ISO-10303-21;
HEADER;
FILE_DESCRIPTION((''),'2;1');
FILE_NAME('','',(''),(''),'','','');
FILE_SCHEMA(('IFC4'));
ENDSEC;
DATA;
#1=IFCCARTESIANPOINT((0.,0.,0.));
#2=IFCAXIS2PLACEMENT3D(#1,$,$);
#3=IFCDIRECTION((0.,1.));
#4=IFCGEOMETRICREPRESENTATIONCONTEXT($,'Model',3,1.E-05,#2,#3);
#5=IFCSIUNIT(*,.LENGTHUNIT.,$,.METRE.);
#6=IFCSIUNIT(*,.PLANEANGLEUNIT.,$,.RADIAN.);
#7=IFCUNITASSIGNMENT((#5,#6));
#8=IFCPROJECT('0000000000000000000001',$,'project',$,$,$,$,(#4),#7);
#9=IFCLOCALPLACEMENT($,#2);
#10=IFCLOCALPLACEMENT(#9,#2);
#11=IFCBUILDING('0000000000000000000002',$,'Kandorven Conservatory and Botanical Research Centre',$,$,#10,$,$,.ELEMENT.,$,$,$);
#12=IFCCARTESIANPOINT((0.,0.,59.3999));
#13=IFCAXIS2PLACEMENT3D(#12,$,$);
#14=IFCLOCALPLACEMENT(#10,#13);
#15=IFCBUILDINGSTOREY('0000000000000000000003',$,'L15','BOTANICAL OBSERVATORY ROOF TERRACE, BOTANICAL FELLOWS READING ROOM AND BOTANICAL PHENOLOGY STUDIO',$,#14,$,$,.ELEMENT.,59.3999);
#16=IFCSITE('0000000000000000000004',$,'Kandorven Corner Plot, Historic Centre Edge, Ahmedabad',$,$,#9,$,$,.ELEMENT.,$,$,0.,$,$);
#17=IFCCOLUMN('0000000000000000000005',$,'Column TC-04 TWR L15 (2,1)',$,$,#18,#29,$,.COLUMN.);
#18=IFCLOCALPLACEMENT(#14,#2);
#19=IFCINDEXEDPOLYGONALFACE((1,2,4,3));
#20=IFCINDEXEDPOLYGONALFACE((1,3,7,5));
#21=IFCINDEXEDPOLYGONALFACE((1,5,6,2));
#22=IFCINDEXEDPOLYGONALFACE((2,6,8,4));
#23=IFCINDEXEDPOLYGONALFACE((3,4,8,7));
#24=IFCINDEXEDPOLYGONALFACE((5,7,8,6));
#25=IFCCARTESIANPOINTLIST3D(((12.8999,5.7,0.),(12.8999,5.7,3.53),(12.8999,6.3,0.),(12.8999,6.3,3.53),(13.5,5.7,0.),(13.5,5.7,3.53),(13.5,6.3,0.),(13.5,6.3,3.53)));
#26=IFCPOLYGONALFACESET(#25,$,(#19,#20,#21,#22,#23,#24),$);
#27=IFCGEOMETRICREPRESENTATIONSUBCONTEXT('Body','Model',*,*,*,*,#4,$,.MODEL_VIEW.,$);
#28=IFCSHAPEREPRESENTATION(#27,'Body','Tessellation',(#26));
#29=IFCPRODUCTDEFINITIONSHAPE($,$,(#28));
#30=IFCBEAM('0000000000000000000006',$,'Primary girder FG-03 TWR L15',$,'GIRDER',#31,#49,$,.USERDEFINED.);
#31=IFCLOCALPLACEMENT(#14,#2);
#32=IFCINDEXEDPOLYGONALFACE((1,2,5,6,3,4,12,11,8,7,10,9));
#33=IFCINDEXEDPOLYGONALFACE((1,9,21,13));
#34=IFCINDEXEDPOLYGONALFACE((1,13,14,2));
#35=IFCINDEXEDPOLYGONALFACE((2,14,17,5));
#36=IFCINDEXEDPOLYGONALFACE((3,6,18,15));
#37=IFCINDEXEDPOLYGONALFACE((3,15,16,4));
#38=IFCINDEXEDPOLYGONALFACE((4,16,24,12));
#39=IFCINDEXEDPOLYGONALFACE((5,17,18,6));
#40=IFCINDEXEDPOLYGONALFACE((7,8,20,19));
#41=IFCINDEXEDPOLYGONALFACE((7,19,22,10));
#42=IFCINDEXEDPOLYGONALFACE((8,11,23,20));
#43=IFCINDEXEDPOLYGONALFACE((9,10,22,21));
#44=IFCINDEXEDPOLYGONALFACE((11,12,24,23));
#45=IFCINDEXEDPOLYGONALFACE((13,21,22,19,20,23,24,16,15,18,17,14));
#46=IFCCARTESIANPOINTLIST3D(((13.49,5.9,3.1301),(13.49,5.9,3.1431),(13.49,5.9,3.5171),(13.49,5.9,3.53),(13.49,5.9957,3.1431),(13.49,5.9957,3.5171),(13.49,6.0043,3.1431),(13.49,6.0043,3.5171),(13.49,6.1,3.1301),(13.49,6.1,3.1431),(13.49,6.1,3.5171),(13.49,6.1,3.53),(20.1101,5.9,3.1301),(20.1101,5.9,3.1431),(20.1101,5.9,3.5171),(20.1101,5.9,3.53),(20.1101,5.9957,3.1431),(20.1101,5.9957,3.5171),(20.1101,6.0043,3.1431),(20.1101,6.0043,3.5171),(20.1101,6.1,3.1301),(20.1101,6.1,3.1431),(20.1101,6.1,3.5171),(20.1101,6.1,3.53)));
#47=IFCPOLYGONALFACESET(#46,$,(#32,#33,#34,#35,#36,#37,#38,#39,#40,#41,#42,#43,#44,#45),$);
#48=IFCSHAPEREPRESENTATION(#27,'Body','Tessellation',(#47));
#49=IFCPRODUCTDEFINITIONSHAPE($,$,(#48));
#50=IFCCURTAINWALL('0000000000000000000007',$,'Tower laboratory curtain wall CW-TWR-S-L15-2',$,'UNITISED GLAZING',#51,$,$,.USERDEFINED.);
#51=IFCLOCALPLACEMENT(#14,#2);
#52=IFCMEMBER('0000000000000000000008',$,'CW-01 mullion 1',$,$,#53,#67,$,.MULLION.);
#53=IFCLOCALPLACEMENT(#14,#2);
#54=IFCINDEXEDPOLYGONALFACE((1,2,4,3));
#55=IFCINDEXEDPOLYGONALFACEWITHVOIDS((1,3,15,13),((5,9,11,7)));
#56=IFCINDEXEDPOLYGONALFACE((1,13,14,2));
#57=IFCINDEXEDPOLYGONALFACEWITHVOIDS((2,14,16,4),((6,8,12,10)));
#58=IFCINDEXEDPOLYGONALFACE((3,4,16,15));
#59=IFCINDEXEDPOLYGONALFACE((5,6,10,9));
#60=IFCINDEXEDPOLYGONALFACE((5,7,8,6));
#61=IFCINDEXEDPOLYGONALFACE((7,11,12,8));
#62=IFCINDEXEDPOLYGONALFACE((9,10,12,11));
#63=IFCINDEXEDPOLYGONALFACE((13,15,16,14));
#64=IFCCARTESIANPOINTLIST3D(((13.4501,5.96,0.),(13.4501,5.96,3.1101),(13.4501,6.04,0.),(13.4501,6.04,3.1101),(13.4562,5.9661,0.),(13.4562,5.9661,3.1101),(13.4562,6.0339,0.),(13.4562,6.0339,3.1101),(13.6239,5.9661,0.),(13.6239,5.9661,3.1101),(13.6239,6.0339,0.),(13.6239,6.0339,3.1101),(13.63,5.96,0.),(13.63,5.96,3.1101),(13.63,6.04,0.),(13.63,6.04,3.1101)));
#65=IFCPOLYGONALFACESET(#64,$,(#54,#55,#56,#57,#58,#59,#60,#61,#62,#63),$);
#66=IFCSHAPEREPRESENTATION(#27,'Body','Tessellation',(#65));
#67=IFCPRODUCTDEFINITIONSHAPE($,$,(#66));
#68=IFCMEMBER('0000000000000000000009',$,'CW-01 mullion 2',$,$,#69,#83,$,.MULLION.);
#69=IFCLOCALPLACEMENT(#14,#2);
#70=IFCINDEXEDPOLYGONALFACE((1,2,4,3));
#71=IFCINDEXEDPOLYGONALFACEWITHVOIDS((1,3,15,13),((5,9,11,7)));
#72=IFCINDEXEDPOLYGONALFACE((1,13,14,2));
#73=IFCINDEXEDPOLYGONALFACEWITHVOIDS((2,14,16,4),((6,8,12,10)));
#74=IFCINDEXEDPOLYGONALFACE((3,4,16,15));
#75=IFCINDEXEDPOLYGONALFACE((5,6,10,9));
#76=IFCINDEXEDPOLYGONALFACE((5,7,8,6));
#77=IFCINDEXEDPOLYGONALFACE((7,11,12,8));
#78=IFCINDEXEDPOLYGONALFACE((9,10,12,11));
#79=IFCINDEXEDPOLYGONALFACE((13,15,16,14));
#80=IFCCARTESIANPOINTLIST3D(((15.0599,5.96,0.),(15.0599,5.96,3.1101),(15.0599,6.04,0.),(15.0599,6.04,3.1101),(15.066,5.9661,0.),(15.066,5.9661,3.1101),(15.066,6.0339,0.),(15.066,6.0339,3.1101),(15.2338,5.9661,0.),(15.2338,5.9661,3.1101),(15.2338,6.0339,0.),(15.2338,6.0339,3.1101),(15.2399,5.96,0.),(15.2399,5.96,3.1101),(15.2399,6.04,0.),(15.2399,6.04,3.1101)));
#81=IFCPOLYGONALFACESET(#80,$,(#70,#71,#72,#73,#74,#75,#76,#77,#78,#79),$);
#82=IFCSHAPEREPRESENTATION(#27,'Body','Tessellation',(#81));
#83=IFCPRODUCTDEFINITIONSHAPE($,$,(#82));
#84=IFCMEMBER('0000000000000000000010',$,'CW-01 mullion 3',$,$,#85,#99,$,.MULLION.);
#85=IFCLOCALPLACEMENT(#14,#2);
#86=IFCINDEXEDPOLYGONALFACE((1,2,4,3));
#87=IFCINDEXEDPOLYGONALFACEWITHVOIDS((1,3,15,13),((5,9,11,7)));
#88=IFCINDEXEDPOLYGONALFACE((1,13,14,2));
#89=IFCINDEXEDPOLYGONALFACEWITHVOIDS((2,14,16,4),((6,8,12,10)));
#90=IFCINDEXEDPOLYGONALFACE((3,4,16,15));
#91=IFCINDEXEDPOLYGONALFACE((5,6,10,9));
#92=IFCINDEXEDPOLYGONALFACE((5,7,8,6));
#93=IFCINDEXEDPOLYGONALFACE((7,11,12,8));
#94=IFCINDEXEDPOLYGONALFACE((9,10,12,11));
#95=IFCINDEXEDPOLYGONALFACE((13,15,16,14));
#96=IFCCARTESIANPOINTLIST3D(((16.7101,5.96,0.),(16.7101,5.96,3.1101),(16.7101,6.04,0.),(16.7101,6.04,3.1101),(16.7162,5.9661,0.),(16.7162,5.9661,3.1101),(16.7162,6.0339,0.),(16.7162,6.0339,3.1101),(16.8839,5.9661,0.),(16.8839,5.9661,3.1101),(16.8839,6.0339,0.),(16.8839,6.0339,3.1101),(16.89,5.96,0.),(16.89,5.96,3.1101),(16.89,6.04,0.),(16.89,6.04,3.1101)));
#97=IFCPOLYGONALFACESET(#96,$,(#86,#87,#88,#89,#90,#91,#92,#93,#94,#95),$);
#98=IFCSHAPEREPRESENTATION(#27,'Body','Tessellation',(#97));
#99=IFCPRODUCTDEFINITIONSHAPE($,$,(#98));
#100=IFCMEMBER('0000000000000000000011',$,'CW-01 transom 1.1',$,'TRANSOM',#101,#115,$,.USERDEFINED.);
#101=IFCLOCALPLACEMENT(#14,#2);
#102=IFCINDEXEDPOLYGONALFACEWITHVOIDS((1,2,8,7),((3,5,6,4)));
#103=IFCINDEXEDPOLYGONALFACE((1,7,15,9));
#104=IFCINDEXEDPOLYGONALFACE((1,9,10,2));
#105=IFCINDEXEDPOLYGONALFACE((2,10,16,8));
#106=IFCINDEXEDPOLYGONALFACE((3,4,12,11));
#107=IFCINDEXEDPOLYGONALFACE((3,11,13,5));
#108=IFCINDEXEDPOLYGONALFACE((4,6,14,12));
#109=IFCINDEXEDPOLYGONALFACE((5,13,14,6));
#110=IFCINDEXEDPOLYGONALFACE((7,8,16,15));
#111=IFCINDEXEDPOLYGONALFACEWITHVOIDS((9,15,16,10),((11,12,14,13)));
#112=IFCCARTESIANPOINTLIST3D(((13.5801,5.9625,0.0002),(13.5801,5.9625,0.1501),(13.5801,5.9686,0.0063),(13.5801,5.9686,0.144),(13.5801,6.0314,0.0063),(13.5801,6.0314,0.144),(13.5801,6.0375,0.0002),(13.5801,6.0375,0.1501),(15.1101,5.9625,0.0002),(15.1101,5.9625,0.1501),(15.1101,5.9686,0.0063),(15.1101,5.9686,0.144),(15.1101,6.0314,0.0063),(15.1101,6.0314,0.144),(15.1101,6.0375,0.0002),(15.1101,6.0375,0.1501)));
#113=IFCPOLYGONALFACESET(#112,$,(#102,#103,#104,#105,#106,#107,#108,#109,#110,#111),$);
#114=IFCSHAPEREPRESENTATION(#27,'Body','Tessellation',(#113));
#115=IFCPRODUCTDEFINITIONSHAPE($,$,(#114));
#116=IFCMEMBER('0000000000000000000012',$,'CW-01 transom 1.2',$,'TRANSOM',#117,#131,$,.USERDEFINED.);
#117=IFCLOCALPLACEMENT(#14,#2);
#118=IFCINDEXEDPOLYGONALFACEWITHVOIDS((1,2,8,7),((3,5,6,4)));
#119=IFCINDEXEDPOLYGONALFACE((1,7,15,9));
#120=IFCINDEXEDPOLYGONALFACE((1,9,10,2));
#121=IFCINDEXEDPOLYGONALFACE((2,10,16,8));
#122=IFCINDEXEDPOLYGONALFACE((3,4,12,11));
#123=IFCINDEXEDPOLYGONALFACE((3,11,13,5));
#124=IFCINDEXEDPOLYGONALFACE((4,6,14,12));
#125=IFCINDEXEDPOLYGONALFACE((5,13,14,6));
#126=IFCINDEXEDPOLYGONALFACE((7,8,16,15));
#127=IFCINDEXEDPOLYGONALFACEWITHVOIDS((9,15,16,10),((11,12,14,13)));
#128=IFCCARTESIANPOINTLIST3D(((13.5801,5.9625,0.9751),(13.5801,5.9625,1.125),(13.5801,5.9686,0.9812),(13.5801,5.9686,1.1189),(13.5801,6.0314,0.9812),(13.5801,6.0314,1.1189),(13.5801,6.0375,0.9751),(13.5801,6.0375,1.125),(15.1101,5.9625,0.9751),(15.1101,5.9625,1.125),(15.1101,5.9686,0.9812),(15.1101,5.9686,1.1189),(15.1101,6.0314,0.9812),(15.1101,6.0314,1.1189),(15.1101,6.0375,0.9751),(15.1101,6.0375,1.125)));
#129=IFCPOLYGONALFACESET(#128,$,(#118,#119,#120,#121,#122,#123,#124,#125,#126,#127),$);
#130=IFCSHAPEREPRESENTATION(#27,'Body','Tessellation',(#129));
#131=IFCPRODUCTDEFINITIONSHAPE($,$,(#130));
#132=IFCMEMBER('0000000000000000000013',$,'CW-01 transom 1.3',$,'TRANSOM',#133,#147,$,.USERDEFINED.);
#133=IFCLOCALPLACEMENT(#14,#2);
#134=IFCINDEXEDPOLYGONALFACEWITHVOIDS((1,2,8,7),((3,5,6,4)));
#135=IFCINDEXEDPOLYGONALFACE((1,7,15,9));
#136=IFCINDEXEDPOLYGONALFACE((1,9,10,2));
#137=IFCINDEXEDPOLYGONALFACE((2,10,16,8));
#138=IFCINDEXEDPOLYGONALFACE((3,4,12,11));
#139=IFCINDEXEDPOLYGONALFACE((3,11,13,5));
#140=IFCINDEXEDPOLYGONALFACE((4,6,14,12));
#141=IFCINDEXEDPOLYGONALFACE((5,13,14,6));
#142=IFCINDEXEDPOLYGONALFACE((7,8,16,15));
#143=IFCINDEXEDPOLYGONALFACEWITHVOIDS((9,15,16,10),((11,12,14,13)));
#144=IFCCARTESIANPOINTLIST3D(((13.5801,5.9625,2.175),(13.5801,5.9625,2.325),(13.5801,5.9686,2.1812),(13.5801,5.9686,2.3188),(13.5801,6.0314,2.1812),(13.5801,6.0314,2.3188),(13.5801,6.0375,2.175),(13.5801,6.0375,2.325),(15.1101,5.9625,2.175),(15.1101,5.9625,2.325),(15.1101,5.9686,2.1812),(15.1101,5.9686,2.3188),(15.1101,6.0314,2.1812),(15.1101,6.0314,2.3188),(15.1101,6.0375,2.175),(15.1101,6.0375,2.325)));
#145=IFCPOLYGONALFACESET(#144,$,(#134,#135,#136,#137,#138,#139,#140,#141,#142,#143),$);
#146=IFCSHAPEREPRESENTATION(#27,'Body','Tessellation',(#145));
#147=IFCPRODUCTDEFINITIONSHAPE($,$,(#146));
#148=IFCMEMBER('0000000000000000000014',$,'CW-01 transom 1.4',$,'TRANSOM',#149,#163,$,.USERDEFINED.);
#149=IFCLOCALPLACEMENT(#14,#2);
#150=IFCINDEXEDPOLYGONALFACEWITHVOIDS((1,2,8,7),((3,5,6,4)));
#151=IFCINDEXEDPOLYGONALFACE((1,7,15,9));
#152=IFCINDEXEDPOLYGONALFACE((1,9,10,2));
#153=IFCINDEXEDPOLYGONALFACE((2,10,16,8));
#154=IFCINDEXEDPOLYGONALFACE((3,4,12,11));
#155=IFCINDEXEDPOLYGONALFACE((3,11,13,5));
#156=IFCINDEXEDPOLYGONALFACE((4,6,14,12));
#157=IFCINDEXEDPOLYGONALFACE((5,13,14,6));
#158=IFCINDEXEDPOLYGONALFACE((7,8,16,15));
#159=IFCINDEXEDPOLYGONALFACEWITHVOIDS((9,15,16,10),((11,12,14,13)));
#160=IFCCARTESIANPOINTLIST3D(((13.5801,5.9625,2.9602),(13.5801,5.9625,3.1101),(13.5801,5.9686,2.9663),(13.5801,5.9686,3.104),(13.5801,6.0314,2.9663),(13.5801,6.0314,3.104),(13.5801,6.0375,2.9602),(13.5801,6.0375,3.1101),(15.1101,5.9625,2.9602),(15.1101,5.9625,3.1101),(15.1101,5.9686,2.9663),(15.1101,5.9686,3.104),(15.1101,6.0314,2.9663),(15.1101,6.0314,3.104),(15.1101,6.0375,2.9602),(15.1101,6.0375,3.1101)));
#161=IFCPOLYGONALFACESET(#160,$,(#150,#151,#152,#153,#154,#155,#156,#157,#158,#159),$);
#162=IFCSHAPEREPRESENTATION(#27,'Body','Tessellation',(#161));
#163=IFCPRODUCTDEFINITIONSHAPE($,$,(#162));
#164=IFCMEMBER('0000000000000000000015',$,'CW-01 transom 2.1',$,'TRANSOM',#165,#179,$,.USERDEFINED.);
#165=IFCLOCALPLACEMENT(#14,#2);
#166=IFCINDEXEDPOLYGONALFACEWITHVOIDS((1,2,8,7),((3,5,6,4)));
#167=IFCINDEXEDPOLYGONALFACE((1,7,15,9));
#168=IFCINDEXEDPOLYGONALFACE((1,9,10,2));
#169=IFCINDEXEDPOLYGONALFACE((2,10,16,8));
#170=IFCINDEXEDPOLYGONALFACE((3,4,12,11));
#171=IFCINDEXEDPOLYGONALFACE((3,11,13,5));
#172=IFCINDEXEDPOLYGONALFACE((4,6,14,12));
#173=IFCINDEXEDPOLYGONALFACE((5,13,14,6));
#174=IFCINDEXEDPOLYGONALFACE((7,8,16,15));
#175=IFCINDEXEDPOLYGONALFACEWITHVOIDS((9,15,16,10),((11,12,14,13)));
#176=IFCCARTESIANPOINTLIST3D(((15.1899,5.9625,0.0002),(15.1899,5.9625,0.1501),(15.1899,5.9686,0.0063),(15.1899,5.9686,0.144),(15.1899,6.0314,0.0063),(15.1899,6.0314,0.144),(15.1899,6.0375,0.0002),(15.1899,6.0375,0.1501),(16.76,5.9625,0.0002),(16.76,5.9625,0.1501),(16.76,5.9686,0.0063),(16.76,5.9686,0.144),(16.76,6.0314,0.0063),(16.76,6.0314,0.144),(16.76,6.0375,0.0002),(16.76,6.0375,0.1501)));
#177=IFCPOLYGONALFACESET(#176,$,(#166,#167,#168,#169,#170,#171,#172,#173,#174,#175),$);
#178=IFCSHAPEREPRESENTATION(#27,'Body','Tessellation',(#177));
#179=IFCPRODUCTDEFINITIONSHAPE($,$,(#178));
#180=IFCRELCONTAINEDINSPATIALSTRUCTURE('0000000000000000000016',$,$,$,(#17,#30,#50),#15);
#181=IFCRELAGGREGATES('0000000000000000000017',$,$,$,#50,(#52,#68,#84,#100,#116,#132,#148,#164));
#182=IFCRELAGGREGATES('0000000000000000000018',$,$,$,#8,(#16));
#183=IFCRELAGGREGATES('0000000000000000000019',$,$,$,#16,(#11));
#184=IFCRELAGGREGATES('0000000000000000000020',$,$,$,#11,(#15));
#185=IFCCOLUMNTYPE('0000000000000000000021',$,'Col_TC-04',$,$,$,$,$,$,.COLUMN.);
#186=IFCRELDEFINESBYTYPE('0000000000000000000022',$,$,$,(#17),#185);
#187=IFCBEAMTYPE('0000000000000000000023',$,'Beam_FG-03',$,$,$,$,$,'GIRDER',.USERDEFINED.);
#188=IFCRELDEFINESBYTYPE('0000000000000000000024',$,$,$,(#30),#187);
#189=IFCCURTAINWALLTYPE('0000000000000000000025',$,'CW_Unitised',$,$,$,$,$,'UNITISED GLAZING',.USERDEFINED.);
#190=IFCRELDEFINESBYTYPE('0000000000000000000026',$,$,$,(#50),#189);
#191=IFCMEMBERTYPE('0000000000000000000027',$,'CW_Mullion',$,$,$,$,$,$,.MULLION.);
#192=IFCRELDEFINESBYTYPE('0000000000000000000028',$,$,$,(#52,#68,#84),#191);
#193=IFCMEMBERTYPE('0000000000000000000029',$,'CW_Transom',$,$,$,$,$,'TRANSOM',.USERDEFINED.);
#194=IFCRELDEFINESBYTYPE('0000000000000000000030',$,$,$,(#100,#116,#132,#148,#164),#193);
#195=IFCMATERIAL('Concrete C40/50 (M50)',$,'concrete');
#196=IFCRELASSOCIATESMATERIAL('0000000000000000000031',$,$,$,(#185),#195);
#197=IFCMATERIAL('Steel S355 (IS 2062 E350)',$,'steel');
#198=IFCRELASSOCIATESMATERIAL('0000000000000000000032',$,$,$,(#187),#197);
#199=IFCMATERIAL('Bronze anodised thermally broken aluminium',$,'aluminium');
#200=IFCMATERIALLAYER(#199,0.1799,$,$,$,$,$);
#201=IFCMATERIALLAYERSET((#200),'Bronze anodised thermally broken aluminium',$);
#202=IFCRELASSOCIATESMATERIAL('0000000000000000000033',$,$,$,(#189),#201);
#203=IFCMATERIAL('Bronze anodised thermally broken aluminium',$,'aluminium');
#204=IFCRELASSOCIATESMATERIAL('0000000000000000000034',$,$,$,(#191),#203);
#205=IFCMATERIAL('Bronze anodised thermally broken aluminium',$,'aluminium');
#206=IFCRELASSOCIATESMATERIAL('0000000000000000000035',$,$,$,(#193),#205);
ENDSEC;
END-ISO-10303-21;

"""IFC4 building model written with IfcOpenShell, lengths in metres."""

from ifc_helpers import new_model, si_unit, direction, frame, origin, origin_2d, place, context, subcontext, project, spatial, rectangle, hollow_rectangle, i_section, extrude, material, layer, layer_set, material_profile, profile_set, type_object, element, aggregate, save


model = new_model("IFC4")

# Units and contexts
model_context = context("Model", 3, precision=1e-05, world=origin(), true_north=direction((0.0, 1.0)))
body_context = subcontext(model_context, "Body", "Model", "MODEL_VIEW")
ifc_project = project(units=[si_unit("LENGTHUNIT", "METRE"), si_unit("PLANEANGLEUNIT", "RADIAN")], contexts=[model_context])

# Site, building, storey
site_placement = place(None, origin())
site = spatial("IfcSite", under=ifc_project, at=site_placement, Name="Kandorven Corner Plot, Historic Centre Edge, Ahmedabad", CompositionType="ELEMENT", RefElevation=0.0)
building_placement = place(site_placement, origin())
building = spatial("IfcBuilding", under=site, at=building_placement, Name="Kandorven Conservatory and Botanical Research Centre", CompositionType="ELEMENT")
storey_placement = place(building_placement, frame((0.0, 0.0, 59.3999)))
storey = spatial("IfcBuildingStorey", under=building, at=storey_placement, Name="L15", Description="BOTANICAL OBSERVATORY ROOF TERRACE, BOTANICAL FELLOWS READING ROOM AND BOTANICAL PHENOLOGY STUDIO", CompositionType="ELEMENT", Elevation=59.3999)

# Column
ifc_material_1 = material(Name="Concrete C40/50 (M50)", Category="concrete")
ifc_material_profile_1 = material_profile(ifc_material_1, rectangle(XDim=0.6001, YDim=0.6001, at=origin_2d()))
ifc_profile_set_1 = profile_set([ifc_material_profile_1], Name="Concrete C40/50 (M50)")
column_type = type_object("IfcColumnType", Name="Col_TC-04", PredefinedType="COLUMN", material=ifc_profile_set_1)
column_placement = place(storey_placement, frame((13.2, 6.0, 0.0), z_axis=(0.0, 0.0, 1.0), x_axis=(1.0, 0.0, 0.0)))
element("IfcColumn", 1, at=column_placement, inside=storey, type_object=column_type, Name="Column TC-04 TWR L15 (2,1)", PredefinedType="COLUMN", context=body_context, shape_type="SweptSolid", body=[
    extrude(rectangle(XDim=0.6001, YDim=0.6001, at=origin_2d()), origin(), (0.0, 0.0, 1.0), 3.53),
])

# Beam
ifc_material_2 = material(Name="Steel S355 (IS 2062 E350)", Category="steel")
ifc_material_profile_2 = material_profile(ifc_material_2, i_section(OverallWidth=0.2, OverallDepth=0.3999, WebThickness=0.0085, FlangeThickness=0.0129, at=origin_2d()))
ifc_profile_set_2 = profile_set([ifc_material_profile_2], Name="Steel S355 (IS 2062 E350)")
beam_type = type_object("IfcBeamType", Name="Beam_FG-03", ElementType="GIRDER", PredefinedType="USERDEFINED", material=ifc_profile_set_2)
beam_placement = place(storey_placement, frame((13.49, 6.0, 3.3301), z_axis=(1.0, 0.0, 0.0), x_axis=(0.0, 1.0, 0.0)))
element("IfcBeam", 2, at=beam_placement, inside=storey, type_object=beam_type, Name="Primary girder FG-03 TWR L15", ObjectType="GIRDER", PredefinedType="USERDEFINED", context=body_context, shape_type="SweptSolid", body=[
    extrude(i_section(OverallWidth=0.2, OverallDepth=0.3999, WebThickness=0.0085, FlangeThickness=0.0129, at=origin_2d()), origin(), (0.0, 0.0, 1.0), 6.6201),
])

# Curtain wall, members
ifc_material_3 = material(Name="Bronze anodised thermally broken aluminium", Category="aluminium")
ifc_layer_1 = layer(ifc_material_3, 0.1799)
ifc_layer_set_1 = layer_set([ifc_layer_1], Name="Bronze anodised thermally broken aluminium")
curtain_wall_type = type_object("IfcCurtainWallType", Name="CW_Unitised", ElementType="UNITISED GLAZING", PredefinedType="USERDEFINED", material=ifc_layer_set_1)
curtain_wall_placement = place(storey_placement, origin())
curtain_wall = element("IfcCurtainWall", 3, at=curtain_wall_placement, inside=storey, type_object=curtain_wall_type, Name="Tower laboratory curtain wall CW-TWR-S-L15-2", ObjectType="UNITISED GLAZING", PredefinedType="USERDEFINED")
ifc_material_4 = material(Name="Bronze anodised thermally broken aluminium", Category="aluminium")
ifc_material_profile_3 = material_profile(ifc_material_4, hollow_rectangle(XDim=0.0801, YDim=0.1799, WallThickness=0.0061, at=origin_2d()))
ifc_profile_set_3 = profile_set([ifc_material_profile_3], Name="Bronze anodised thermally broken aluminium")
member_type_1 = type_object("IfcMemberType", Name="CW_Mullion", PredefinedType="MULLION", material=ifc_profile_set_3)
member_1_placement = place(storey_placement, frame((13.54, 6.0, 0.0), z_axis=(0.0, 0.0, 1.0), x_axis=(0.0, 1.0, 0.0)))
member_1 = element("IfcMember", 4, at=member_1_placement, type_object=member_type_1, Name="CW-01 mullion 1", PredefinedType="MULLION", context=body_context, shape_type="SweptSolid", body=[
    extrude(hollow_rectangle(XDim=0.0801, YDim=0.1799, WallThickness=0.0061, at=origin_2d()), origin(), (0.0, 0.0, 1.0), 3.1101),
])
member_2_placement = place(storey_placement, frame((15.1499, 6.0, 0.0), z_axis=(0.0, 0.0, 1.0), x_axis=(0.0, 1.0, 0.0)))
member_2 = element("IfcMember", 5, at=member_2_placement, type_object=member_type_1, Name="CW-01 mullion 2", PredefinedType="MULLION", context=body_context, shape_type="SweptSolid", body=[
    extrude(hollow_rectangle(XDim=0.0801, YDim=0.1799, WallThickness=0.0061, at=origin_2d()), origin(), (0.0, 0.0, 1.0), 3.1101),
])
member_3_placement = place(storey_placement, frame((16.8, 6.0, 0.0), z_axis=(0.0, 0.0, 1.0), x_axis=(0.0, 1.0, 0.0)))
member_3 = element("IfcMember", 6, at=member_3_placement, type_object=member_type_1, Name="CW-01 mullion 3", PredefinedType="MULLION", context=body_context, shape_type="SweptSolid", body=[
    extrude(hollow_rectangle(XDim=0.0801, YDim=0.1799, WallThickness=0.0061, at=origin_2d()), origin(), (0.0, 0.0, 1.0), 3.1101),
])
ifc_material_5 = material(Name="Bronze anodised thermally broken aluminium", Category="aluminium")
ifc_material_profile_4 = material_profile(ifc_material_5, hollow_rectangle(XDim=0.075, YDim=0.1499, WallThickness=0.0061, at=origin_2d()))
ifc_profile_set_4 = profile_set([ifc_material_profile_4], Name="Bronze anodised thermally broken aluminium")
member_type_2 = type_object("IfcMemberType", Name="CW_Transom", ElementType="TRANSOM", PredefinedType="USERDEFINED", material=ifc_profile_set_4)
member_4_placement = place(storey_placement, frame((13.5801, 6.0, 0.0752), z_axis=(1.0, 0.0, 0.0), x_axis=(0.0, 1.0, 0.0)))
member_4 = element("IfcMember", 7, at=member_4_placement, type_object=member_type_2, Name="CW-01 transom 1.1", ObjectType="TRANSOM", PredefinedType="USERDEFINED", context=body_context, shape_type="SweptSolid", body=[
    extrude(hollow_rectangle(XDim=0.075, YDim=0.1499, WallThickness=0.0061, at=origin_2d()), origin(), (0.0, 0.0, 1.0), 1.53),
])
member_5_placement = place(storey_placement, frame((13.5801, 6.0, 1.05), z_axis=(1.0, 0.0, 0.0), x_axis=(0.0, 1.0, 0.0)))
member_5 = element("IfcMember", 8, at=member_5_placement, type_object=member_type_2, Name="CW-01 transom 1.2", ObjectType="TRANSOM", PredefinedType="USERDEFINED", context=body_context, shape_type="SweptSolid", body=[
    extrude(hollow_rectangle(XDim=0.075, YDim=0.1499, WallThickness=0.0061, at=origin_2d()), origin(), (0.0, 0.0, 1.0), 1.53),
])
member_6_placement = place(storey_placement, frame((13.5801, 6.0, 2.25), z_axis=(1.0, 0.0, 0.0), x_axis=(0.0, 1.0, 0.0)))
member_6 = element("IfcMember", 9, at=member_6_placement, type_object=member_type_2, Name="CW-01 transom 1.3", ObjectType="TRANSOM", PredefinedType="USERDEFINED", context=body_context, shape_type="SweptSolid", body=[
    extrude(hollow_rectangle(XDim=0.075, YDim=0.1499, WallThickness=0.0061, at=origin_2d()), origin(), (0.0, 0.0, 1.0), 1.53),
])
member_7_placement = place(storey_placement, frame((13.5801, 6.0, 3.0352), z_axis=(1.0, 0.0, 0.0), x_axis=(0.0, 1.0, 0.0)))
member_7 = element("IfcMember", 10, at=member_7_placement, type_object=member_type_2, Name="CW-01 transom 1.4", ObjectType="TRANSOM", PredefinedType="USERDEFINED", context=body_context, shape_type="SweptSolid", body=[
    extrude(hollow_rectangle(XDim=0.075, YDim=0.1499, WallThickness=0.0061, at=origin_2d()), origin(), (0.0, 0.0, 1.0), 1.53),
])
member_8_placement = place(storey_placement, frame((15.1899, 6.0, 0.0752), z_axis=(1.0, 0.0, 0.0), x_axis=(0.0, 1.0, 0.0)))
member_8 = element("IfcMember", 11, at=member_8_placement, type_object=member_type_2, Name="CW-01 transom 2.1", ObjectType="TRANSOM", PredefinedType="USERDEFINED", context=body_context, shape_type="SweptSolid", body=[
    extrude(hollow_rectangle(XDim=0.075, YDim=0.1499, WallThickness=0.0061, at=origin_2d()), origin(), (0.0, 0.0, 1.0), 1.5701),
])

aggregate(curtain_wall, [member_1, member_2, member_3, member_4, member_5, member_6, member_7, member_8])

save(model, "model.ifc")
